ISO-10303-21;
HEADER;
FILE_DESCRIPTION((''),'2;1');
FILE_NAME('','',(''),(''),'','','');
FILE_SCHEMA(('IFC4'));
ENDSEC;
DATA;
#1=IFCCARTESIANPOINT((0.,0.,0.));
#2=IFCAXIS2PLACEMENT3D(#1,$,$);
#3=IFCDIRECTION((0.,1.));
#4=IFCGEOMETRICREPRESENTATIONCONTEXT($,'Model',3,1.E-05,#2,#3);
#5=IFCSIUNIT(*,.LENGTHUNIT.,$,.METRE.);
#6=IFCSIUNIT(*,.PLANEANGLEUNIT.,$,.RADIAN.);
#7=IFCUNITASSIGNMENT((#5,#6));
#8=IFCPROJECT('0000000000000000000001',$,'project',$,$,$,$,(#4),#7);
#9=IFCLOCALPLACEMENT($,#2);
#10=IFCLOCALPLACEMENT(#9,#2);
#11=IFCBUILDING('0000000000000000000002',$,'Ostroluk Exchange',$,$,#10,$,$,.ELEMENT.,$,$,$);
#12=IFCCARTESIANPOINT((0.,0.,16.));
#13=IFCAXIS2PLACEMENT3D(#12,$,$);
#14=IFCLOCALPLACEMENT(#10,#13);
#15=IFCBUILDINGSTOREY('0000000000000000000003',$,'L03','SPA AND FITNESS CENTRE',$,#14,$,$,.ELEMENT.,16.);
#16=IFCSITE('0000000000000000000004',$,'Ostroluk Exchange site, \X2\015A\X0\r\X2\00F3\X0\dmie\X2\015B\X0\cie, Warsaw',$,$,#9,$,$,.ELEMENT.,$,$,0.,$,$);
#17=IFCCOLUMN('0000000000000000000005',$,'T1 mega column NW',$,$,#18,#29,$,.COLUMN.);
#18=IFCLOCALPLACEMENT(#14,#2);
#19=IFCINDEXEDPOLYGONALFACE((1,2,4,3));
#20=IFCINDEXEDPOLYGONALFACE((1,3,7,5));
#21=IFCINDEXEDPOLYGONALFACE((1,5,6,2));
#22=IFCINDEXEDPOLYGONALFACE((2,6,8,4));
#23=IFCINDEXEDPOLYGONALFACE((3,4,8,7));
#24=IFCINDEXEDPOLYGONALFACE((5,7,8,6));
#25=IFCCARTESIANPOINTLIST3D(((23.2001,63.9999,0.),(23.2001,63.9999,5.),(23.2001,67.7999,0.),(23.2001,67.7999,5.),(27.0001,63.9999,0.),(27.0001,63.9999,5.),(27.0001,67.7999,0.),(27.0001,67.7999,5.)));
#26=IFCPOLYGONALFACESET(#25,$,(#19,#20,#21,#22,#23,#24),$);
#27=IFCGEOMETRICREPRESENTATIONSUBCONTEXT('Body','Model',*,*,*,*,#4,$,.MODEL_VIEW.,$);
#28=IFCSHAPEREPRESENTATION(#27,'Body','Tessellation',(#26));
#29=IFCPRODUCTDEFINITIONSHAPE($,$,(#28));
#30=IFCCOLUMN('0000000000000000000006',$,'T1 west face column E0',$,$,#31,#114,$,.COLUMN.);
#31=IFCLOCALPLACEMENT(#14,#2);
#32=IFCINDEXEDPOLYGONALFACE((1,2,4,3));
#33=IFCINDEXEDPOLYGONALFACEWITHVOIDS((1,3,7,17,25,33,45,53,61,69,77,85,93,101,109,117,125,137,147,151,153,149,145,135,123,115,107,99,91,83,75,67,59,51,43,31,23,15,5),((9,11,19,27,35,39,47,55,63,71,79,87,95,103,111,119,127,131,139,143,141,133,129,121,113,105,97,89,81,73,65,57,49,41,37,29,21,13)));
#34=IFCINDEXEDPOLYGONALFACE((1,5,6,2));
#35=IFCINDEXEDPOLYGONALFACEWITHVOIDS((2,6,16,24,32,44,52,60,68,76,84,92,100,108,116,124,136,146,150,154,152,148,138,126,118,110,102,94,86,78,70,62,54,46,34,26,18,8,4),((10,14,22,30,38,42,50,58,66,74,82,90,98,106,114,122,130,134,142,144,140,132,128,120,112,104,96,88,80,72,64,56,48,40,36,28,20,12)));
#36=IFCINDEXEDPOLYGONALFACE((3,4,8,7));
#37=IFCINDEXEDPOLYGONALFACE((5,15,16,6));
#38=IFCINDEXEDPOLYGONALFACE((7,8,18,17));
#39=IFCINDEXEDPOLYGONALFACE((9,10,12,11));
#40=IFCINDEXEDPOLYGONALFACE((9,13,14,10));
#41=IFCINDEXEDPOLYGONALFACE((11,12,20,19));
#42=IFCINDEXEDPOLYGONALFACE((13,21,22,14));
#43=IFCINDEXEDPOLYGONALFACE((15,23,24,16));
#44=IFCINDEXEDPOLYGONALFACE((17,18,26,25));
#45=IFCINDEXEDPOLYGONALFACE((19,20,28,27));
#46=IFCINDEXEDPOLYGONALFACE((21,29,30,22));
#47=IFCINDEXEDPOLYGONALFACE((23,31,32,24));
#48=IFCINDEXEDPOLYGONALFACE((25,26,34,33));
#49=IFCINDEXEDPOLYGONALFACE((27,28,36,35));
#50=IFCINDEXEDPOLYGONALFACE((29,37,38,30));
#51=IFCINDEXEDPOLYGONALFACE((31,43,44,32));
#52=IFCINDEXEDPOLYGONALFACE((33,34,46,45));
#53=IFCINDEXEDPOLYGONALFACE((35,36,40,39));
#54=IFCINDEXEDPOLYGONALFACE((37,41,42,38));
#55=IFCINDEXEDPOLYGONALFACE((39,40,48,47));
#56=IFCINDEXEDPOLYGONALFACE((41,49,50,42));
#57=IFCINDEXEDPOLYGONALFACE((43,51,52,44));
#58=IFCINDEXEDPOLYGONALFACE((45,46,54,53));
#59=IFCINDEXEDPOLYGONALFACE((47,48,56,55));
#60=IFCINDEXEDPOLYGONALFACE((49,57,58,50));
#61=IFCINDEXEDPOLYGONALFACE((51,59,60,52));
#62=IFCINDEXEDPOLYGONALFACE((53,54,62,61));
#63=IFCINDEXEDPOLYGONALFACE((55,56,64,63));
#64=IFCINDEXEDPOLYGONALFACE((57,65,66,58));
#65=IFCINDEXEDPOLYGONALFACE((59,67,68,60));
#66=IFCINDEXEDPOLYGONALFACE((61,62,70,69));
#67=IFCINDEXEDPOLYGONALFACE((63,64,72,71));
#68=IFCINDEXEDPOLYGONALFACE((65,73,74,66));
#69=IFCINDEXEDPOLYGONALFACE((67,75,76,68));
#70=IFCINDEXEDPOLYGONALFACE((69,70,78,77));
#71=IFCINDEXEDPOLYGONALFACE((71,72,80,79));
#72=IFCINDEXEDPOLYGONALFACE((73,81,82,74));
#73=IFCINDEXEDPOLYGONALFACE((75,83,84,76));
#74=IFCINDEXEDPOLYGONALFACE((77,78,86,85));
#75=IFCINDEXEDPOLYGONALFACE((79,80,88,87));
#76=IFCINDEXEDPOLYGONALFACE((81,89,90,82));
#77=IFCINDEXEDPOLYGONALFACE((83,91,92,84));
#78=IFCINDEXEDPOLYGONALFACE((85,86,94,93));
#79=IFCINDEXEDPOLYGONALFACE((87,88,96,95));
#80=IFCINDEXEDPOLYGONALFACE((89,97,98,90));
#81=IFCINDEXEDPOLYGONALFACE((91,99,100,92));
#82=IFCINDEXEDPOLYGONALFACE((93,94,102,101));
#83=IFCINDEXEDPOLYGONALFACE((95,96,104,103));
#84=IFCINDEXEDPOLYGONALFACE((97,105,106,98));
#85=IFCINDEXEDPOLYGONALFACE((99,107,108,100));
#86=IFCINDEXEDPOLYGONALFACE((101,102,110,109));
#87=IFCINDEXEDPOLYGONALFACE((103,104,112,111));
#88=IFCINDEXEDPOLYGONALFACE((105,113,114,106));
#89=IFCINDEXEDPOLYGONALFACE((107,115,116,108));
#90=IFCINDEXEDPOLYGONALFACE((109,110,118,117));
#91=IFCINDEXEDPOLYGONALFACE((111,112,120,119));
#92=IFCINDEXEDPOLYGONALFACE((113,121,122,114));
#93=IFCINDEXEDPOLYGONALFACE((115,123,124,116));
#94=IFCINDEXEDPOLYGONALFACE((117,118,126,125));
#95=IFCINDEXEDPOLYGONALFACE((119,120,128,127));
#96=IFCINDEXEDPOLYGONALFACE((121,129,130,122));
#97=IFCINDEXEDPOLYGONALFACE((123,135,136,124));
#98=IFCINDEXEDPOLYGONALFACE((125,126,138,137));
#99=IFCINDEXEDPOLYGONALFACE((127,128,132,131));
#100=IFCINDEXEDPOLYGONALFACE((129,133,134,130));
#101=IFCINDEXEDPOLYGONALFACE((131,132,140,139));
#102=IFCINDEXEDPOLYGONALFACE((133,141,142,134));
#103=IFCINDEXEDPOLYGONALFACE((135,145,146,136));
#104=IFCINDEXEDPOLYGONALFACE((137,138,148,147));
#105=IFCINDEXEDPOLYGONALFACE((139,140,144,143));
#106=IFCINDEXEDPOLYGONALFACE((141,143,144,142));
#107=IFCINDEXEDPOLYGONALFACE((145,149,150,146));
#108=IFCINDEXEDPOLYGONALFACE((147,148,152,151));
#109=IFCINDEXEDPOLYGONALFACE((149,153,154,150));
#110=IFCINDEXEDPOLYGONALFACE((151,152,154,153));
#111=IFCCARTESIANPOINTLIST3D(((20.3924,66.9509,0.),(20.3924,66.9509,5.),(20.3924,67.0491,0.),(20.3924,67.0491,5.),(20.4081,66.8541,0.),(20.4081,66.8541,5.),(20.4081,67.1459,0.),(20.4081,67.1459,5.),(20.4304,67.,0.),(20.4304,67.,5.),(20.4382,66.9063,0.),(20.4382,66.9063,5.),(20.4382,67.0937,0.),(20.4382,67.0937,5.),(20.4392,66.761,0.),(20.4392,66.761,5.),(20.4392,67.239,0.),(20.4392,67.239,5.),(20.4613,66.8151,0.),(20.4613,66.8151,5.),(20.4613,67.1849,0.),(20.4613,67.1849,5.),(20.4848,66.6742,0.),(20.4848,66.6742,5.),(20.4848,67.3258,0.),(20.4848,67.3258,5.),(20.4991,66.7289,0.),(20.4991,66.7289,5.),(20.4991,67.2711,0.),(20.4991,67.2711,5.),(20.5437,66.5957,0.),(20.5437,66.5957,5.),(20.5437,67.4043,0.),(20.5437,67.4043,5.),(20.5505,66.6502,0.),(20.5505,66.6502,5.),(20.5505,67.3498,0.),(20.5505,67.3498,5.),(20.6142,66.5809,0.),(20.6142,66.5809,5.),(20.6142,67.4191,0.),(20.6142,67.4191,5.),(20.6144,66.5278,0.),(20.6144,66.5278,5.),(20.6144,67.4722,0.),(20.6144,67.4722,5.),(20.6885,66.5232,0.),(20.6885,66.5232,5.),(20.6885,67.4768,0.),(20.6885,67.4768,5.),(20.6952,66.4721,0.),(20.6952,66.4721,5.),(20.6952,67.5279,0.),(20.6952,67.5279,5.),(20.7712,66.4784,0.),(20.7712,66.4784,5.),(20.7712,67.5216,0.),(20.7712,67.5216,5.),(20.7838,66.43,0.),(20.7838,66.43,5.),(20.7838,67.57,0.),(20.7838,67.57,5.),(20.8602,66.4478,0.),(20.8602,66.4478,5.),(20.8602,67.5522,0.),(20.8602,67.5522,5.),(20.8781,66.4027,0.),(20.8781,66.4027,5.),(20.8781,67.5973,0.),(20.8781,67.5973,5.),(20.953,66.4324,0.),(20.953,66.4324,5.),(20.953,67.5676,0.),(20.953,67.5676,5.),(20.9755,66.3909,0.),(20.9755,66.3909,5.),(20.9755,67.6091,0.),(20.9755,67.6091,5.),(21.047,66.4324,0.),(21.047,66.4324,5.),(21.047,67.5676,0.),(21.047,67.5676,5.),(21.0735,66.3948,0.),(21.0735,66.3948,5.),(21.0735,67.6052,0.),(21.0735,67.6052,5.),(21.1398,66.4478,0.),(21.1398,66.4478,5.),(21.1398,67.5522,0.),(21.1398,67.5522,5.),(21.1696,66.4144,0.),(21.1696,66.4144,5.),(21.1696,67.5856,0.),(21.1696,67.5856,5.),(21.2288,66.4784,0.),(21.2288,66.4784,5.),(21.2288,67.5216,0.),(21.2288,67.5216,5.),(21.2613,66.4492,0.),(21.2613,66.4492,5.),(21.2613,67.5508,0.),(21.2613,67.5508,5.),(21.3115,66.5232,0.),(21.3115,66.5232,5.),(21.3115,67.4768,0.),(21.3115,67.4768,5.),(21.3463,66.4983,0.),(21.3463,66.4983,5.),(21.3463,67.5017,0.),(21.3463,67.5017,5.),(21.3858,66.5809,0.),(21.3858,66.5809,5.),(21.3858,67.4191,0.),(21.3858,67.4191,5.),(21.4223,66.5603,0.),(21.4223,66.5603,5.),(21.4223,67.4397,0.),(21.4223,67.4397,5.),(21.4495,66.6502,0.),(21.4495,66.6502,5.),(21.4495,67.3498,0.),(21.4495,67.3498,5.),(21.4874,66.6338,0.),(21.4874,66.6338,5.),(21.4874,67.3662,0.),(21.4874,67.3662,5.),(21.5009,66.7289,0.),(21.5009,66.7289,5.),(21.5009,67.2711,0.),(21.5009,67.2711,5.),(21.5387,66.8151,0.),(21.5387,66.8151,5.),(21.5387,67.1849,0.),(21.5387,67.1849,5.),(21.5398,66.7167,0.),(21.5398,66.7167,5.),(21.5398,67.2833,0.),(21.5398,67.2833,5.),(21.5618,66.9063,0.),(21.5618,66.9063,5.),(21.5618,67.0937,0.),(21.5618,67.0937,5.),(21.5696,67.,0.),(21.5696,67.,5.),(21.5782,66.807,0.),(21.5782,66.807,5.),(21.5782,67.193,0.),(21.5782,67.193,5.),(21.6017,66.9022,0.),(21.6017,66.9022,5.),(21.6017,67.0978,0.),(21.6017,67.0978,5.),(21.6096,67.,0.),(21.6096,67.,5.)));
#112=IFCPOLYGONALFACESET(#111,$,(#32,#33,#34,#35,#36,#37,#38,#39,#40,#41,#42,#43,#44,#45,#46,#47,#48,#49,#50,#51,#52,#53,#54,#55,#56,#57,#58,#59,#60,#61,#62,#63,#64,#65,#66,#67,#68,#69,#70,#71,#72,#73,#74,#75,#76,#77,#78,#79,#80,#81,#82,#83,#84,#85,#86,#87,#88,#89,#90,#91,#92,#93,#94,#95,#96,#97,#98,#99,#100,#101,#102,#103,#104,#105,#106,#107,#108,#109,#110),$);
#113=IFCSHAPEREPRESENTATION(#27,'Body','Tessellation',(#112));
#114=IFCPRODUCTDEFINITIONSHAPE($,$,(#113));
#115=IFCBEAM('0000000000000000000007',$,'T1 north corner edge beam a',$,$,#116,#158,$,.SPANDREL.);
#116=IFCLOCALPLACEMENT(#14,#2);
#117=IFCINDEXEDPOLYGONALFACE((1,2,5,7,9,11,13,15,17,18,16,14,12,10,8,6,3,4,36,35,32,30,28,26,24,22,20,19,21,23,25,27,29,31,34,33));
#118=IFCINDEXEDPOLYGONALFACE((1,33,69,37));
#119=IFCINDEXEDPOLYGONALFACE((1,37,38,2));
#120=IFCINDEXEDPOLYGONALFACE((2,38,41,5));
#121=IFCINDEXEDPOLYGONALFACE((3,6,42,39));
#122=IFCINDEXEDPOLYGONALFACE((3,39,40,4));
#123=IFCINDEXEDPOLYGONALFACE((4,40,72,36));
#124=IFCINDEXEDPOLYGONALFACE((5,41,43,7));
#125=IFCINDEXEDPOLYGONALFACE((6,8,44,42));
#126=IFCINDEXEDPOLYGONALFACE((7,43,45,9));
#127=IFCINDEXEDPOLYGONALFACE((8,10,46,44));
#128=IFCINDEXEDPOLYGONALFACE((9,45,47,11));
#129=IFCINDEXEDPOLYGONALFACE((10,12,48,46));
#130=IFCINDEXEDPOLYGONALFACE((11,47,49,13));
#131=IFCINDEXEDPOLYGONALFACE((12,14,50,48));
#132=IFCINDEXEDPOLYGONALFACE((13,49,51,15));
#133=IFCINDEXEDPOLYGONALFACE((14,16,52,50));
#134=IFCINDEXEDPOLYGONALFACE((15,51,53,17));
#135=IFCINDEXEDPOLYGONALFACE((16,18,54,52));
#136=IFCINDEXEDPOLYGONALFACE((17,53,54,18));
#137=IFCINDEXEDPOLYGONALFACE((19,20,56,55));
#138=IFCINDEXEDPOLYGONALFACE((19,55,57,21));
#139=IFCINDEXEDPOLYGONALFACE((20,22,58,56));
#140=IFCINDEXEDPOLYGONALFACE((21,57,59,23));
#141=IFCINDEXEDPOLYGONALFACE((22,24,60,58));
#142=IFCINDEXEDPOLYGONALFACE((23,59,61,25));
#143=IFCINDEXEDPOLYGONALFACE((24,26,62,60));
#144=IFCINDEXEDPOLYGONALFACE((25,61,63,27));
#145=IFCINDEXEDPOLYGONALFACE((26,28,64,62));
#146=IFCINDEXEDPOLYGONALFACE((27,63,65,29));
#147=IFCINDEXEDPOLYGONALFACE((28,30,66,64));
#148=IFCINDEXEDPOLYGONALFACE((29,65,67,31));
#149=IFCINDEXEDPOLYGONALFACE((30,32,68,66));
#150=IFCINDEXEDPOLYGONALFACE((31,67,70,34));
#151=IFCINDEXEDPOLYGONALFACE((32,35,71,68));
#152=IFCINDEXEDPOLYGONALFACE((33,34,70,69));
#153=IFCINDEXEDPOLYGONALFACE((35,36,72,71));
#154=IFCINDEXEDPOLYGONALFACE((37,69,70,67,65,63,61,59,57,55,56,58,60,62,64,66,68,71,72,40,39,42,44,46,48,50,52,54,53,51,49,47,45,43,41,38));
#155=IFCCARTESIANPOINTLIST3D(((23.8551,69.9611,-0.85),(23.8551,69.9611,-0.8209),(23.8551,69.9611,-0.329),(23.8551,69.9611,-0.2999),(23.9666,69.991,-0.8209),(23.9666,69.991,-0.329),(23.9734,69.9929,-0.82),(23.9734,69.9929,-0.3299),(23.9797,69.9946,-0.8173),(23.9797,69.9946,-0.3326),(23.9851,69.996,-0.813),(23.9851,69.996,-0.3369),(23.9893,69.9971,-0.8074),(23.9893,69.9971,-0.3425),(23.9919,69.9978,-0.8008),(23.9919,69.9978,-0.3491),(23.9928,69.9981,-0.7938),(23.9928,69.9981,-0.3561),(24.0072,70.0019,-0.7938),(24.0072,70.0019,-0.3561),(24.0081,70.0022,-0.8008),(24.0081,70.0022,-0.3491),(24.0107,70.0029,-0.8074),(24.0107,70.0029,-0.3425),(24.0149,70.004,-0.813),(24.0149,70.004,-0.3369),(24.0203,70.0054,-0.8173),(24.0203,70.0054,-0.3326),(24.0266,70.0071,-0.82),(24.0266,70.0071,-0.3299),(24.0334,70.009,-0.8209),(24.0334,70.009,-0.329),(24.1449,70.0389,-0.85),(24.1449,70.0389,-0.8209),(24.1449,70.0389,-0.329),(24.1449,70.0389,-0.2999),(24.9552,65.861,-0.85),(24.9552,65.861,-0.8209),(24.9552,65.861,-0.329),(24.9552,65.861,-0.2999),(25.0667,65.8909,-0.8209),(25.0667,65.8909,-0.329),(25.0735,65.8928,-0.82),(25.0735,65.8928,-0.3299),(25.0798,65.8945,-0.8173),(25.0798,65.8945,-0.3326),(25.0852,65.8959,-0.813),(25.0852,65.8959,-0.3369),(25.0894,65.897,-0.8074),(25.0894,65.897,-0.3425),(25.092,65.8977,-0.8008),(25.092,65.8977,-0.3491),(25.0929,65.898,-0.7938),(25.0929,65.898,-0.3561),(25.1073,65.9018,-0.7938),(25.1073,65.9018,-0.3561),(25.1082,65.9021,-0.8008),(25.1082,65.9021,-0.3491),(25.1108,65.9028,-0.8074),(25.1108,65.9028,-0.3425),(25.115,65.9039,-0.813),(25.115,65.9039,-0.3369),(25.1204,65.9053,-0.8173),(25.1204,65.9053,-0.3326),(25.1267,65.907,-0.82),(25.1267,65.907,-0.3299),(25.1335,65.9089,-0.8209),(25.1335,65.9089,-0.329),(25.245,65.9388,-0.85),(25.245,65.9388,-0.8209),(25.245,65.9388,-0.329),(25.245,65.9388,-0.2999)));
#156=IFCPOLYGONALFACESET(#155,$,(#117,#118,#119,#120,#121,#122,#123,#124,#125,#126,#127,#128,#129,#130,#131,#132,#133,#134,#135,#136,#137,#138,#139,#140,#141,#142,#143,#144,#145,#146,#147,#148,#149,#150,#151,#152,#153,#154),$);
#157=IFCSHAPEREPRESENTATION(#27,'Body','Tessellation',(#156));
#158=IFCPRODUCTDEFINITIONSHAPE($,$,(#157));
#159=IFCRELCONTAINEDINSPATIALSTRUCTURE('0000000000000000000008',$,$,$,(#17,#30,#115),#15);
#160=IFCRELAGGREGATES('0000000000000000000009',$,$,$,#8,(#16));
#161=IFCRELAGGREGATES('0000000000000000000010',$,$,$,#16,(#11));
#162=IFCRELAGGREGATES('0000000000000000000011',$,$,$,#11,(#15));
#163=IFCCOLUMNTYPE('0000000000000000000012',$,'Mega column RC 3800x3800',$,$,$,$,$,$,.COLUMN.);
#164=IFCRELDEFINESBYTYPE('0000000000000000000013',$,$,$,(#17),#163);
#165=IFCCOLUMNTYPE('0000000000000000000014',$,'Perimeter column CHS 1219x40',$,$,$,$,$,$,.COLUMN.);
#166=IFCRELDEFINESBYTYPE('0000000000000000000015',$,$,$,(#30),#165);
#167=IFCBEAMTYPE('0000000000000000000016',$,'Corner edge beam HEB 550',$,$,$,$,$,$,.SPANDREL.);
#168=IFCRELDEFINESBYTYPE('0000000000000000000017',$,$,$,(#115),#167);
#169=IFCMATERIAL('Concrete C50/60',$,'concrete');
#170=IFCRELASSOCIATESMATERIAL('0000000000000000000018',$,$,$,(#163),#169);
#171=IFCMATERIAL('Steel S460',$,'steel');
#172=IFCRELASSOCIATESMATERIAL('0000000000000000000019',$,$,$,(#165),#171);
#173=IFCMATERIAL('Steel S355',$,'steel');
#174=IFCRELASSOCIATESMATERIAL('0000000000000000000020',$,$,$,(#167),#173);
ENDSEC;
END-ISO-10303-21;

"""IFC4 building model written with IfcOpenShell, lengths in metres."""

from ifc_helpers import new_model, si_unit, direction, frame, origin, origin_2d, place, context, subcontext, project, spatial, rectangle, hollow_circle, i_section, extrude, material, material_profile, profile_set, type_object, element, save


model = new_model("IFC4")

# Units and contexts
model_context = context("Model", 3, precision=1e-05, world=origin(), true_north=direction((0.0, 1.0)))
body_context = subcontext(model_context, "Body", "Model", "MODEL_VIEW")
ifc_project = project(units=[si_unit("LENGTHUNIT", "METRE"), si_unit("PLANEANGLEUNIT", "RADIAN")], contexts=[model_context])

# Site, building, storey
site_placement = place(None, origin())
site = spatial("IfcSite", under=ifc_project, at=site_placement, Name="Ostroluk Exchange site, Śródmieście, Warsaw", CompositionType="ELEMENT", RefElevation=0.0)
building_placement = place(site_placement, origin())
building = spatial("IfcBuilding", under=site, at=building_placement, Name="Ostroluk Exchange", CompositionType="ELEMENT")
storey_placement = place(building_placement, frame((0.0, 0.0, 16.0)))
storey = spatial("IfcBuildingStorey", under=building, at=storey_placement, Name="L03", Description="SPA AND FITNESS CENTRE", CompositionType="ELEMENT", Elevation=16.0)

# Columns
ifc_material_1 = material(Name="Concrete C50/60", Category="concrete")
ifc_material_profile_1 = material_profile(ifc_material_1, rectangle(XDim=3.8, YDim=3.8, at=origin_2d()), Name="RC 3800x3800")
ifc_profile_set_1 = profile_set([ifc_material_profile_1], Name="Concrete C50/60")
column_type_1 = type_object("IfcColumnType", Name="Mega column RC 3800x3800", PredefinedType="COLUMN", material=ifc_profile_set_1)
column_1_placement = place(storey_placement, frame((25.1001, 65.8999, 0.0), z_axis=(0.0, 0.0, 1.0), x_axis=(1.0, 0.0, 0.0)))
element("IfcColumn", 1, at=column_1_placement, inside=storey, type_object=column_type_1, Name="T1 mega column NW", PredefinedType="COLUMN", context=body_context, shape_type="SweptSolid", body=[
    extrude(rectangle(XDim=3.8, YDim=3.8, at=origin_2d()), origin(), (0.0, 0.0, 1.0), 5.0),
])
ifc_material_2 = material(Name="Steel S460", Category="steel")
ifc_material_profile_2 = material_profile(ifc_material_2, hollow_circle(Radius=0.6096, WallThickness=0.04, at=origin_2d()), Name="CHS 1219x40")
ifc_profile_set_2 = profile_set([ifc_material_profile_2], Name="Steel S460")
column_type_2 = type_object("IfcColumnType", Name="Perimeter column CHS 1219x40", PredefinedType="COLUMN", material=ifc_profile_set_2)
column_2_placement = place(storey_placement, frame((21.0, 67.0, 0.0), z_axis=(0.0, 0.0, 1.0), x_axis=(1.0, 0.0, 0.0)))
element("IfcColumn", 2, at=column_2_placement, inside=storey, type_object=column_type_2, Name="T1 west face column E0", PredefinedType="COLUMN", context=body_context, shape_type="SweptSolid", body=[
    extrude(hollow_circle(Radius=0.6096, WallThickness=0.04, at=origin_2d()), origin(), (0.0, 0.0, 1.0), 5.0),
])

# Beam
ifc_material_3 = material(Name="Steel S355", Category="steel")
ifc_material_profile_3 = material_profile(ifc_material_3, i_section(OverallWidth=0.3, OverallDepth=0.55, WebThickness=0.0149, FlangeThickness=0.0291, FilletRadius=0.0271, at=origin_2d()), Name="HEB 550")
ifc_profile_set_3 = profile_set([ifc_material_profile_3], Name="Steel S355")
beam_type_1 = type_object("IfcBeamType", Name="Corner edge beam HEB 550", PredefinedType="SPANDREL", material=ifc_profile_set_3)
beam_1_placement = place(storey_placement, frame((25.1001, 65.8999, -0.575), z_axis=(-0.259144, 0.965839, 0.0), x_axis=(-0.965839, -0.259144, 0.0)))
element("IfcBeam", 3, at=beam_1_placement, inside=storey, type_object=beam_type_1, Name="T1 north corner edge beam a", PredefinedType="SPANDREL", context=body_context, shape_type="SweptSolid", body=[
    extrude(i_section(OverallWidth=0.3, OverallDepth=0.55, WebThickness=0.0149, FlangeThickness=0.0291, FilletRadius=0.0271, at=origin_2d()), origin(), (0.0, 0.0, 1.0), 4.2451),
])

save(model, "model.ifc")
